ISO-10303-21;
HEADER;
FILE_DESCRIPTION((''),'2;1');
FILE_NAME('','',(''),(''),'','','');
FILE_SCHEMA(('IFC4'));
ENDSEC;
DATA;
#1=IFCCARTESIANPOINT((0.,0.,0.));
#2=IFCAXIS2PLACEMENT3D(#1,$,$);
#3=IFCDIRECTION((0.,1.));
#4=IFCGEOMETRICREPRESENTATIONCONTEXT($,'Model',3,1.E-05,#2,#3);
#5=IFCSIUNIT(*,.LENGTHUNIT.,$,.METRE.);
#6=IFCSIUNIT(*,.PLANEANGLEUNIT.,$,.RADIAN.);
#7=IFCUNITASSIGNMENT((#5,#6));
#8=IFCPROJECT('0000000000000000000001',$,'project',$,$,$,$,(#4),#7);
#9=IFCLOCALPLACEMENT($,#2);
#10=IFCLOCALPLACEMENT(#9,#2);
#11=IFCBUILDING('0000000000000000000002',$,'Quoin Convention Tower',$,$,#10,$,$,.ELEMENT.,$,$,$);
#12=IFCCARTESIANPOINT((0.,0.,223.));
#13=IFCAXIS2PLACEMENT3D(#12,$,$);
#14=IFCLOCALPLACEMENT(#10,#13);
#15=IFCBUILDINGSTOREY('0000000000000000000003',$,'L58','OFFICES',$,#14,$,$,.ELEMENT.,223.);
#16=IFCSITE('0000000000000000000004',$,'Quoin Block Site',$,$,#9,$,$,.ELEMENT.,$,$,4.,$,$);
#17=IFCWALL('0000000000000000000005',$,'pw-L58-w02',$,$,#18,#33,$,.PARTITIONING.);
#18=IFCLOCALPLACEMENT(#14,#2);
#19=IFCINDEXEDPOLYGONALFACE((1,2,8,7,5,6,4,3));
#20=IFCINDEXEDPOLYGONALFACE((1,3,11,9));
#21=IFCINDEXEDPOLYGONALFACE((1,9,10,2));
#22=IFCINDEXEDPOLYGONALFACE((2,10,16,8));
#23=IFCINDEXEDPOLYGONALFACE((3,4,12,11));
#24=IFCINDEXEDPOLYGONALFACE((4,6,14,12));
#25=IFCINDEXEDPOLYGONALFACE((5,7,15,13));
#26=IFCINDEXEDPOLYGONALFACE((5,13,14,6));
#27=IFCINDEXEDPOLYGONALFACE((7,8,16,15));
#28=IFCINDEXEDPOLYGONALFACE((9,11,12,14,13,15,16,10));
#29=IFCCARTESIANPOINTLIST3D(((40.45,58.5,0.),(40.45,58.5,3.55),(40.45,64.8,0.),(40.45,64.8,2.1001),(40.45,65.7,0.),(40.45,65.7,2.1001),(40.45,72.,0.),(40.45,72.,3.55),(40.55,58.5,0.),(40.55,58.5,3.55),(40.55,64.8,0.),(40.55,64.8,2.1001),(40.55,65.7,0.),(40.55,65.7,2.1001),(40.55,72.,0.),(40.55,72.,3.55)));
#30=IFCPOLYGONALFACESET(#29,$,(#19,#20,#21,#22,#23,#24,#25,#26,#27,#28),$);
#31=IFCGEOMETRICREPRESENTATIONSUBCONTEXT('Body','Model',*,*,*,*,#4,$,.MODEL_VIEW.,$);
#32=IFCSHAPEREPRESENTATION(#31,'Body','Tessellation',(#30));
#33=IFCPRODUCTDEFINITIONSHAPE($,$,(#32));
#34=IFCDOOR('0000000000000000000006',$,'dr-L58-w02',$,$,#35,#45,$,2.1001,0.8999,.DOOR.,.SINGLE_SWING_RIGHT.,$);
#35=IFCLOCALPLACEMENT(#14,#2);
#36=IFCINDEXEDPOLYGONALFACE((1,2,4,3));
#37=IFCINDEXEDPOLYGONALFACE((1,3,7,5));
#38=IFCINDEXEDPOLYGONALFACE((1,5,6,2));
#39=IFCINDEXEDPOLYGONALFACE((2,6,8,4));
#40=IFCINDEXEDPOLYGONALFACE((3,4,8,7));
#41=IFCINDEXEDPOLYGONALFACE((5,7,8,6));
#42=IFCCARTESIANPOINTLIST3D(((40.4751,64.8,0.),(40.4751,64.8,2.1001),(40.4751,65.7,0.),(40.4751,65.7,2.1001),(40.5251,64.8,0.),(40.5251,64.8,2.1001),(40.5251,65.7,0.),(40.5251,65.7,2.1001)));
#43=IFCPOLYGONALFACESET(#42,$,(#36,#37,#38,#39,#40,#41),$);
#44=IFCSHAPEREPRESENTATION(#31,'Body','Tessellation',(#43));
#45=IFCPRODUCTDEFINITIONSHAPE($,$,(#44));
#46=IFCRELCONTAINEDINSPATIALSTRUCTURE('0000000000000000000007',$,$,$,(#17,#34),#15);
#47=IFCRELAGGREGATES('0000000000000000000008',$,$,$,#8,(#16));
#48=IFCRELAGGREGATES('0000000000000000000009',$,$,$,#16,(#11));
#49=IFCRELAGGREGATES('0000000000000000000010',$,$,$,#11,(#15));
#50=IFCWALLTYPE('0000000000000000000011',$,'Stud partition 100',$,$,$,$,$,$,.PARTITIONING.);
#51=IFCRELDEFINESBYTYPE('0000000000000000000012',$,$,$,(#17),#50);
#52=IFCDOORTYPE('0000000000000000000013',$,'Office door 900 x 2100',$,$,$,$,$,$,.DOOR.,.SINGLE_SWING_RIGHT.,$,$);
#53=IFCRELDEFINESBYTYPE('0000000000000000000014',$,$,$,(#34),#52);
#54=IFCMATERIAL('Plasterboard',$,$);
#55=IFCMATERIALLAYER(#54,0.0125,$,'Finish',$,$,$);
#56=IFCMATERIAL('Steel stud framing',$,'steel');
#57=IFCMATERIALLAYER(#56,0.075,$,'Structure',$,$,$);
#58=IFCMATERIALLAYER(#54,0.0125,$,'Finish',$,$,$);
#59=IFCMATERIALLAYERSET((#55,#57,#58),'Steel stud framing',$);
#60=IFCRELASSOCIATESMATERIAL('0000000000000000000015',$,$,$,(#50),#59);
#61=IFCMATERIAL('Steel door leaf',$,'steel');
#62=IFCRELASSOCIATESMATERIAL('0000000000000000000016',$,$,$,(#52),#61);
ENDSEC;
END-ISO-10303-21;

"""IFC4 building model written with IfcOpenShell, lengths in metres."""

from ifc_helpers import new_model, si_unit, direction, frame, frame_2d, origin, place, context, subcontext, project, spatial, rectangle, extrude, material, layer, layer_set, type_object, element, fill, save


model = new_model("IFC4")

# Units and contexts
model_context = context("Model", 3, precision=1e-05, world=origin(), true_north=direction((0.0, 1.0)))
body_context = subcontext(model_context, "Body", "Model", "MODEL_VIEW")
ifc_project = project(units=[si_unit("LENGTHUNIT", "METRE"), si_unit("PLANEANGLEUNIT", "RADIAN")], contexts=[model_context])

# Site, building, storey
site_placement = place(None, origin())
site = spatial("IfcSite", under=ifc_project, at=site_placement, Name="Quoin Block Site", CompositionType="ELEMENT", RefElevation=4.0)
building_placement = place(site_placement, origin())
building = spatial("IfcBuilding", under=site, at=building_placement, Name="Quoin Convention Tower", CompositionType="ELEMENT")
storey_placement = place(building_placement, frame((0.0, 0.0, 223.0)))
storey = spatial("IfcBuildingStorey", under=building, at=storey_placement, Name="L58", Description="OFFICES", CompositionType="ELEMENT", Elevation=223.0)

# Shared definitions
ifc_material_1 = material(Name="Plasterboard")
ifc_material_2 = material(Name="Steel stud framing", Category="steel")
ifc_material_3 = material(Name="Steel door leaf", Category="steel")

# Wall, opening, door
ifc_layer_1 = layer(ifc_material_1, 0.0125, Name="Finish")
ifc_layer_2 = layer(ifc_material_2, 0.075, Name="Structure")
ifc_layer_3 = layer(ifc_material_1, 0.0125, Name="Finish")
ifc_layer_set_1 = layer_set([ifc_layer_1, ifc_layer_2, ifc_layer_3], Name="Steel stud framing")
wall_type_1 = type_object("IfcWallType", Name="Stud partition 100", PredefinedType="PARTITIONING", material=ifc_layer_set_1)
wall_1_placement = place(storey_placement, frame((40.5, 72.0, 0.0), z_axis=(0.0, 0.0, 1.0), x_axis=(0.0, -1.0, 0.0)))
wall_1 = element("IfcWall", 1, at=wall_1_placement, inside=storey, type_object=wall_type_1, Name="pw-L58-w02", PredefinedType="PARTITIONING", context=body_context, shape_type="SweptSolid", body=[
    extrude(rectangle(XDim=13.5, YDim=0.1001, at=frame_2d((6.75, 0.0))), origin(), (0.0, 0.0, 1.0), 3.55),
])
opening_1_placement = place(wall_1_placement, frame((6.3, 0.0, 0.0)))
opening_1 = element("IfcOpeningElement", 2, at=opening_1_placement, cuts=wall_1, PredefinedType="OPENING", context=body_context, shape_type="SweptSolid", body=[
    extrude(rectangle(XDim=0.8999, YDim=2.1001, at=frame_2d((0.45, 1.05))), frame((0.0, 0.0601, 0.0), z_axis=(0.0, -1.0, 0.0), x_axis=(1.0, 0.0, 0.0)), (0.0, 0.0, 1.0), 0.1201),
])
door_type_1 = type_object("IfcDoorType", Name="Office door 900 x 2100", OperationType="SINGLE_SWING_RIGHT", PredefinedType="DOOR", material=ifc_material_3)
door_1_placement = place(opening_1_placement, frame((0.8999, 0.0, 0.0), z_axis=(0.0, 0.0, 1.0), x_axis=(-1.0, 0.0, 0.0)))
door_1 = element("IfcDoor", 3, at=door_1_placement, inside=storey, type_object=door_type_1, Name="dr-L58-w02", OperationType="SINGLE_SWING_RIGHT", OverallHeight=2.1001, OverallWidth=0.8999, PredefinedType="DOOR", context=body_context, shape_type="SweptSolid", body=[
    extrude(rectangle(XDim=0.8999, YDim=2.1001, at=frame_2d((0.45, 1.05))), frame((0.0, 0.0249, 0.0), z_axis=(0.0, -1.0, 0.0), x_axis=(1.0, 0.0, 0.0)), (0.0, 0.0, 1.0), 0.05),
])
fill(opening_1, door_1)

save(model, "model.ifc")
